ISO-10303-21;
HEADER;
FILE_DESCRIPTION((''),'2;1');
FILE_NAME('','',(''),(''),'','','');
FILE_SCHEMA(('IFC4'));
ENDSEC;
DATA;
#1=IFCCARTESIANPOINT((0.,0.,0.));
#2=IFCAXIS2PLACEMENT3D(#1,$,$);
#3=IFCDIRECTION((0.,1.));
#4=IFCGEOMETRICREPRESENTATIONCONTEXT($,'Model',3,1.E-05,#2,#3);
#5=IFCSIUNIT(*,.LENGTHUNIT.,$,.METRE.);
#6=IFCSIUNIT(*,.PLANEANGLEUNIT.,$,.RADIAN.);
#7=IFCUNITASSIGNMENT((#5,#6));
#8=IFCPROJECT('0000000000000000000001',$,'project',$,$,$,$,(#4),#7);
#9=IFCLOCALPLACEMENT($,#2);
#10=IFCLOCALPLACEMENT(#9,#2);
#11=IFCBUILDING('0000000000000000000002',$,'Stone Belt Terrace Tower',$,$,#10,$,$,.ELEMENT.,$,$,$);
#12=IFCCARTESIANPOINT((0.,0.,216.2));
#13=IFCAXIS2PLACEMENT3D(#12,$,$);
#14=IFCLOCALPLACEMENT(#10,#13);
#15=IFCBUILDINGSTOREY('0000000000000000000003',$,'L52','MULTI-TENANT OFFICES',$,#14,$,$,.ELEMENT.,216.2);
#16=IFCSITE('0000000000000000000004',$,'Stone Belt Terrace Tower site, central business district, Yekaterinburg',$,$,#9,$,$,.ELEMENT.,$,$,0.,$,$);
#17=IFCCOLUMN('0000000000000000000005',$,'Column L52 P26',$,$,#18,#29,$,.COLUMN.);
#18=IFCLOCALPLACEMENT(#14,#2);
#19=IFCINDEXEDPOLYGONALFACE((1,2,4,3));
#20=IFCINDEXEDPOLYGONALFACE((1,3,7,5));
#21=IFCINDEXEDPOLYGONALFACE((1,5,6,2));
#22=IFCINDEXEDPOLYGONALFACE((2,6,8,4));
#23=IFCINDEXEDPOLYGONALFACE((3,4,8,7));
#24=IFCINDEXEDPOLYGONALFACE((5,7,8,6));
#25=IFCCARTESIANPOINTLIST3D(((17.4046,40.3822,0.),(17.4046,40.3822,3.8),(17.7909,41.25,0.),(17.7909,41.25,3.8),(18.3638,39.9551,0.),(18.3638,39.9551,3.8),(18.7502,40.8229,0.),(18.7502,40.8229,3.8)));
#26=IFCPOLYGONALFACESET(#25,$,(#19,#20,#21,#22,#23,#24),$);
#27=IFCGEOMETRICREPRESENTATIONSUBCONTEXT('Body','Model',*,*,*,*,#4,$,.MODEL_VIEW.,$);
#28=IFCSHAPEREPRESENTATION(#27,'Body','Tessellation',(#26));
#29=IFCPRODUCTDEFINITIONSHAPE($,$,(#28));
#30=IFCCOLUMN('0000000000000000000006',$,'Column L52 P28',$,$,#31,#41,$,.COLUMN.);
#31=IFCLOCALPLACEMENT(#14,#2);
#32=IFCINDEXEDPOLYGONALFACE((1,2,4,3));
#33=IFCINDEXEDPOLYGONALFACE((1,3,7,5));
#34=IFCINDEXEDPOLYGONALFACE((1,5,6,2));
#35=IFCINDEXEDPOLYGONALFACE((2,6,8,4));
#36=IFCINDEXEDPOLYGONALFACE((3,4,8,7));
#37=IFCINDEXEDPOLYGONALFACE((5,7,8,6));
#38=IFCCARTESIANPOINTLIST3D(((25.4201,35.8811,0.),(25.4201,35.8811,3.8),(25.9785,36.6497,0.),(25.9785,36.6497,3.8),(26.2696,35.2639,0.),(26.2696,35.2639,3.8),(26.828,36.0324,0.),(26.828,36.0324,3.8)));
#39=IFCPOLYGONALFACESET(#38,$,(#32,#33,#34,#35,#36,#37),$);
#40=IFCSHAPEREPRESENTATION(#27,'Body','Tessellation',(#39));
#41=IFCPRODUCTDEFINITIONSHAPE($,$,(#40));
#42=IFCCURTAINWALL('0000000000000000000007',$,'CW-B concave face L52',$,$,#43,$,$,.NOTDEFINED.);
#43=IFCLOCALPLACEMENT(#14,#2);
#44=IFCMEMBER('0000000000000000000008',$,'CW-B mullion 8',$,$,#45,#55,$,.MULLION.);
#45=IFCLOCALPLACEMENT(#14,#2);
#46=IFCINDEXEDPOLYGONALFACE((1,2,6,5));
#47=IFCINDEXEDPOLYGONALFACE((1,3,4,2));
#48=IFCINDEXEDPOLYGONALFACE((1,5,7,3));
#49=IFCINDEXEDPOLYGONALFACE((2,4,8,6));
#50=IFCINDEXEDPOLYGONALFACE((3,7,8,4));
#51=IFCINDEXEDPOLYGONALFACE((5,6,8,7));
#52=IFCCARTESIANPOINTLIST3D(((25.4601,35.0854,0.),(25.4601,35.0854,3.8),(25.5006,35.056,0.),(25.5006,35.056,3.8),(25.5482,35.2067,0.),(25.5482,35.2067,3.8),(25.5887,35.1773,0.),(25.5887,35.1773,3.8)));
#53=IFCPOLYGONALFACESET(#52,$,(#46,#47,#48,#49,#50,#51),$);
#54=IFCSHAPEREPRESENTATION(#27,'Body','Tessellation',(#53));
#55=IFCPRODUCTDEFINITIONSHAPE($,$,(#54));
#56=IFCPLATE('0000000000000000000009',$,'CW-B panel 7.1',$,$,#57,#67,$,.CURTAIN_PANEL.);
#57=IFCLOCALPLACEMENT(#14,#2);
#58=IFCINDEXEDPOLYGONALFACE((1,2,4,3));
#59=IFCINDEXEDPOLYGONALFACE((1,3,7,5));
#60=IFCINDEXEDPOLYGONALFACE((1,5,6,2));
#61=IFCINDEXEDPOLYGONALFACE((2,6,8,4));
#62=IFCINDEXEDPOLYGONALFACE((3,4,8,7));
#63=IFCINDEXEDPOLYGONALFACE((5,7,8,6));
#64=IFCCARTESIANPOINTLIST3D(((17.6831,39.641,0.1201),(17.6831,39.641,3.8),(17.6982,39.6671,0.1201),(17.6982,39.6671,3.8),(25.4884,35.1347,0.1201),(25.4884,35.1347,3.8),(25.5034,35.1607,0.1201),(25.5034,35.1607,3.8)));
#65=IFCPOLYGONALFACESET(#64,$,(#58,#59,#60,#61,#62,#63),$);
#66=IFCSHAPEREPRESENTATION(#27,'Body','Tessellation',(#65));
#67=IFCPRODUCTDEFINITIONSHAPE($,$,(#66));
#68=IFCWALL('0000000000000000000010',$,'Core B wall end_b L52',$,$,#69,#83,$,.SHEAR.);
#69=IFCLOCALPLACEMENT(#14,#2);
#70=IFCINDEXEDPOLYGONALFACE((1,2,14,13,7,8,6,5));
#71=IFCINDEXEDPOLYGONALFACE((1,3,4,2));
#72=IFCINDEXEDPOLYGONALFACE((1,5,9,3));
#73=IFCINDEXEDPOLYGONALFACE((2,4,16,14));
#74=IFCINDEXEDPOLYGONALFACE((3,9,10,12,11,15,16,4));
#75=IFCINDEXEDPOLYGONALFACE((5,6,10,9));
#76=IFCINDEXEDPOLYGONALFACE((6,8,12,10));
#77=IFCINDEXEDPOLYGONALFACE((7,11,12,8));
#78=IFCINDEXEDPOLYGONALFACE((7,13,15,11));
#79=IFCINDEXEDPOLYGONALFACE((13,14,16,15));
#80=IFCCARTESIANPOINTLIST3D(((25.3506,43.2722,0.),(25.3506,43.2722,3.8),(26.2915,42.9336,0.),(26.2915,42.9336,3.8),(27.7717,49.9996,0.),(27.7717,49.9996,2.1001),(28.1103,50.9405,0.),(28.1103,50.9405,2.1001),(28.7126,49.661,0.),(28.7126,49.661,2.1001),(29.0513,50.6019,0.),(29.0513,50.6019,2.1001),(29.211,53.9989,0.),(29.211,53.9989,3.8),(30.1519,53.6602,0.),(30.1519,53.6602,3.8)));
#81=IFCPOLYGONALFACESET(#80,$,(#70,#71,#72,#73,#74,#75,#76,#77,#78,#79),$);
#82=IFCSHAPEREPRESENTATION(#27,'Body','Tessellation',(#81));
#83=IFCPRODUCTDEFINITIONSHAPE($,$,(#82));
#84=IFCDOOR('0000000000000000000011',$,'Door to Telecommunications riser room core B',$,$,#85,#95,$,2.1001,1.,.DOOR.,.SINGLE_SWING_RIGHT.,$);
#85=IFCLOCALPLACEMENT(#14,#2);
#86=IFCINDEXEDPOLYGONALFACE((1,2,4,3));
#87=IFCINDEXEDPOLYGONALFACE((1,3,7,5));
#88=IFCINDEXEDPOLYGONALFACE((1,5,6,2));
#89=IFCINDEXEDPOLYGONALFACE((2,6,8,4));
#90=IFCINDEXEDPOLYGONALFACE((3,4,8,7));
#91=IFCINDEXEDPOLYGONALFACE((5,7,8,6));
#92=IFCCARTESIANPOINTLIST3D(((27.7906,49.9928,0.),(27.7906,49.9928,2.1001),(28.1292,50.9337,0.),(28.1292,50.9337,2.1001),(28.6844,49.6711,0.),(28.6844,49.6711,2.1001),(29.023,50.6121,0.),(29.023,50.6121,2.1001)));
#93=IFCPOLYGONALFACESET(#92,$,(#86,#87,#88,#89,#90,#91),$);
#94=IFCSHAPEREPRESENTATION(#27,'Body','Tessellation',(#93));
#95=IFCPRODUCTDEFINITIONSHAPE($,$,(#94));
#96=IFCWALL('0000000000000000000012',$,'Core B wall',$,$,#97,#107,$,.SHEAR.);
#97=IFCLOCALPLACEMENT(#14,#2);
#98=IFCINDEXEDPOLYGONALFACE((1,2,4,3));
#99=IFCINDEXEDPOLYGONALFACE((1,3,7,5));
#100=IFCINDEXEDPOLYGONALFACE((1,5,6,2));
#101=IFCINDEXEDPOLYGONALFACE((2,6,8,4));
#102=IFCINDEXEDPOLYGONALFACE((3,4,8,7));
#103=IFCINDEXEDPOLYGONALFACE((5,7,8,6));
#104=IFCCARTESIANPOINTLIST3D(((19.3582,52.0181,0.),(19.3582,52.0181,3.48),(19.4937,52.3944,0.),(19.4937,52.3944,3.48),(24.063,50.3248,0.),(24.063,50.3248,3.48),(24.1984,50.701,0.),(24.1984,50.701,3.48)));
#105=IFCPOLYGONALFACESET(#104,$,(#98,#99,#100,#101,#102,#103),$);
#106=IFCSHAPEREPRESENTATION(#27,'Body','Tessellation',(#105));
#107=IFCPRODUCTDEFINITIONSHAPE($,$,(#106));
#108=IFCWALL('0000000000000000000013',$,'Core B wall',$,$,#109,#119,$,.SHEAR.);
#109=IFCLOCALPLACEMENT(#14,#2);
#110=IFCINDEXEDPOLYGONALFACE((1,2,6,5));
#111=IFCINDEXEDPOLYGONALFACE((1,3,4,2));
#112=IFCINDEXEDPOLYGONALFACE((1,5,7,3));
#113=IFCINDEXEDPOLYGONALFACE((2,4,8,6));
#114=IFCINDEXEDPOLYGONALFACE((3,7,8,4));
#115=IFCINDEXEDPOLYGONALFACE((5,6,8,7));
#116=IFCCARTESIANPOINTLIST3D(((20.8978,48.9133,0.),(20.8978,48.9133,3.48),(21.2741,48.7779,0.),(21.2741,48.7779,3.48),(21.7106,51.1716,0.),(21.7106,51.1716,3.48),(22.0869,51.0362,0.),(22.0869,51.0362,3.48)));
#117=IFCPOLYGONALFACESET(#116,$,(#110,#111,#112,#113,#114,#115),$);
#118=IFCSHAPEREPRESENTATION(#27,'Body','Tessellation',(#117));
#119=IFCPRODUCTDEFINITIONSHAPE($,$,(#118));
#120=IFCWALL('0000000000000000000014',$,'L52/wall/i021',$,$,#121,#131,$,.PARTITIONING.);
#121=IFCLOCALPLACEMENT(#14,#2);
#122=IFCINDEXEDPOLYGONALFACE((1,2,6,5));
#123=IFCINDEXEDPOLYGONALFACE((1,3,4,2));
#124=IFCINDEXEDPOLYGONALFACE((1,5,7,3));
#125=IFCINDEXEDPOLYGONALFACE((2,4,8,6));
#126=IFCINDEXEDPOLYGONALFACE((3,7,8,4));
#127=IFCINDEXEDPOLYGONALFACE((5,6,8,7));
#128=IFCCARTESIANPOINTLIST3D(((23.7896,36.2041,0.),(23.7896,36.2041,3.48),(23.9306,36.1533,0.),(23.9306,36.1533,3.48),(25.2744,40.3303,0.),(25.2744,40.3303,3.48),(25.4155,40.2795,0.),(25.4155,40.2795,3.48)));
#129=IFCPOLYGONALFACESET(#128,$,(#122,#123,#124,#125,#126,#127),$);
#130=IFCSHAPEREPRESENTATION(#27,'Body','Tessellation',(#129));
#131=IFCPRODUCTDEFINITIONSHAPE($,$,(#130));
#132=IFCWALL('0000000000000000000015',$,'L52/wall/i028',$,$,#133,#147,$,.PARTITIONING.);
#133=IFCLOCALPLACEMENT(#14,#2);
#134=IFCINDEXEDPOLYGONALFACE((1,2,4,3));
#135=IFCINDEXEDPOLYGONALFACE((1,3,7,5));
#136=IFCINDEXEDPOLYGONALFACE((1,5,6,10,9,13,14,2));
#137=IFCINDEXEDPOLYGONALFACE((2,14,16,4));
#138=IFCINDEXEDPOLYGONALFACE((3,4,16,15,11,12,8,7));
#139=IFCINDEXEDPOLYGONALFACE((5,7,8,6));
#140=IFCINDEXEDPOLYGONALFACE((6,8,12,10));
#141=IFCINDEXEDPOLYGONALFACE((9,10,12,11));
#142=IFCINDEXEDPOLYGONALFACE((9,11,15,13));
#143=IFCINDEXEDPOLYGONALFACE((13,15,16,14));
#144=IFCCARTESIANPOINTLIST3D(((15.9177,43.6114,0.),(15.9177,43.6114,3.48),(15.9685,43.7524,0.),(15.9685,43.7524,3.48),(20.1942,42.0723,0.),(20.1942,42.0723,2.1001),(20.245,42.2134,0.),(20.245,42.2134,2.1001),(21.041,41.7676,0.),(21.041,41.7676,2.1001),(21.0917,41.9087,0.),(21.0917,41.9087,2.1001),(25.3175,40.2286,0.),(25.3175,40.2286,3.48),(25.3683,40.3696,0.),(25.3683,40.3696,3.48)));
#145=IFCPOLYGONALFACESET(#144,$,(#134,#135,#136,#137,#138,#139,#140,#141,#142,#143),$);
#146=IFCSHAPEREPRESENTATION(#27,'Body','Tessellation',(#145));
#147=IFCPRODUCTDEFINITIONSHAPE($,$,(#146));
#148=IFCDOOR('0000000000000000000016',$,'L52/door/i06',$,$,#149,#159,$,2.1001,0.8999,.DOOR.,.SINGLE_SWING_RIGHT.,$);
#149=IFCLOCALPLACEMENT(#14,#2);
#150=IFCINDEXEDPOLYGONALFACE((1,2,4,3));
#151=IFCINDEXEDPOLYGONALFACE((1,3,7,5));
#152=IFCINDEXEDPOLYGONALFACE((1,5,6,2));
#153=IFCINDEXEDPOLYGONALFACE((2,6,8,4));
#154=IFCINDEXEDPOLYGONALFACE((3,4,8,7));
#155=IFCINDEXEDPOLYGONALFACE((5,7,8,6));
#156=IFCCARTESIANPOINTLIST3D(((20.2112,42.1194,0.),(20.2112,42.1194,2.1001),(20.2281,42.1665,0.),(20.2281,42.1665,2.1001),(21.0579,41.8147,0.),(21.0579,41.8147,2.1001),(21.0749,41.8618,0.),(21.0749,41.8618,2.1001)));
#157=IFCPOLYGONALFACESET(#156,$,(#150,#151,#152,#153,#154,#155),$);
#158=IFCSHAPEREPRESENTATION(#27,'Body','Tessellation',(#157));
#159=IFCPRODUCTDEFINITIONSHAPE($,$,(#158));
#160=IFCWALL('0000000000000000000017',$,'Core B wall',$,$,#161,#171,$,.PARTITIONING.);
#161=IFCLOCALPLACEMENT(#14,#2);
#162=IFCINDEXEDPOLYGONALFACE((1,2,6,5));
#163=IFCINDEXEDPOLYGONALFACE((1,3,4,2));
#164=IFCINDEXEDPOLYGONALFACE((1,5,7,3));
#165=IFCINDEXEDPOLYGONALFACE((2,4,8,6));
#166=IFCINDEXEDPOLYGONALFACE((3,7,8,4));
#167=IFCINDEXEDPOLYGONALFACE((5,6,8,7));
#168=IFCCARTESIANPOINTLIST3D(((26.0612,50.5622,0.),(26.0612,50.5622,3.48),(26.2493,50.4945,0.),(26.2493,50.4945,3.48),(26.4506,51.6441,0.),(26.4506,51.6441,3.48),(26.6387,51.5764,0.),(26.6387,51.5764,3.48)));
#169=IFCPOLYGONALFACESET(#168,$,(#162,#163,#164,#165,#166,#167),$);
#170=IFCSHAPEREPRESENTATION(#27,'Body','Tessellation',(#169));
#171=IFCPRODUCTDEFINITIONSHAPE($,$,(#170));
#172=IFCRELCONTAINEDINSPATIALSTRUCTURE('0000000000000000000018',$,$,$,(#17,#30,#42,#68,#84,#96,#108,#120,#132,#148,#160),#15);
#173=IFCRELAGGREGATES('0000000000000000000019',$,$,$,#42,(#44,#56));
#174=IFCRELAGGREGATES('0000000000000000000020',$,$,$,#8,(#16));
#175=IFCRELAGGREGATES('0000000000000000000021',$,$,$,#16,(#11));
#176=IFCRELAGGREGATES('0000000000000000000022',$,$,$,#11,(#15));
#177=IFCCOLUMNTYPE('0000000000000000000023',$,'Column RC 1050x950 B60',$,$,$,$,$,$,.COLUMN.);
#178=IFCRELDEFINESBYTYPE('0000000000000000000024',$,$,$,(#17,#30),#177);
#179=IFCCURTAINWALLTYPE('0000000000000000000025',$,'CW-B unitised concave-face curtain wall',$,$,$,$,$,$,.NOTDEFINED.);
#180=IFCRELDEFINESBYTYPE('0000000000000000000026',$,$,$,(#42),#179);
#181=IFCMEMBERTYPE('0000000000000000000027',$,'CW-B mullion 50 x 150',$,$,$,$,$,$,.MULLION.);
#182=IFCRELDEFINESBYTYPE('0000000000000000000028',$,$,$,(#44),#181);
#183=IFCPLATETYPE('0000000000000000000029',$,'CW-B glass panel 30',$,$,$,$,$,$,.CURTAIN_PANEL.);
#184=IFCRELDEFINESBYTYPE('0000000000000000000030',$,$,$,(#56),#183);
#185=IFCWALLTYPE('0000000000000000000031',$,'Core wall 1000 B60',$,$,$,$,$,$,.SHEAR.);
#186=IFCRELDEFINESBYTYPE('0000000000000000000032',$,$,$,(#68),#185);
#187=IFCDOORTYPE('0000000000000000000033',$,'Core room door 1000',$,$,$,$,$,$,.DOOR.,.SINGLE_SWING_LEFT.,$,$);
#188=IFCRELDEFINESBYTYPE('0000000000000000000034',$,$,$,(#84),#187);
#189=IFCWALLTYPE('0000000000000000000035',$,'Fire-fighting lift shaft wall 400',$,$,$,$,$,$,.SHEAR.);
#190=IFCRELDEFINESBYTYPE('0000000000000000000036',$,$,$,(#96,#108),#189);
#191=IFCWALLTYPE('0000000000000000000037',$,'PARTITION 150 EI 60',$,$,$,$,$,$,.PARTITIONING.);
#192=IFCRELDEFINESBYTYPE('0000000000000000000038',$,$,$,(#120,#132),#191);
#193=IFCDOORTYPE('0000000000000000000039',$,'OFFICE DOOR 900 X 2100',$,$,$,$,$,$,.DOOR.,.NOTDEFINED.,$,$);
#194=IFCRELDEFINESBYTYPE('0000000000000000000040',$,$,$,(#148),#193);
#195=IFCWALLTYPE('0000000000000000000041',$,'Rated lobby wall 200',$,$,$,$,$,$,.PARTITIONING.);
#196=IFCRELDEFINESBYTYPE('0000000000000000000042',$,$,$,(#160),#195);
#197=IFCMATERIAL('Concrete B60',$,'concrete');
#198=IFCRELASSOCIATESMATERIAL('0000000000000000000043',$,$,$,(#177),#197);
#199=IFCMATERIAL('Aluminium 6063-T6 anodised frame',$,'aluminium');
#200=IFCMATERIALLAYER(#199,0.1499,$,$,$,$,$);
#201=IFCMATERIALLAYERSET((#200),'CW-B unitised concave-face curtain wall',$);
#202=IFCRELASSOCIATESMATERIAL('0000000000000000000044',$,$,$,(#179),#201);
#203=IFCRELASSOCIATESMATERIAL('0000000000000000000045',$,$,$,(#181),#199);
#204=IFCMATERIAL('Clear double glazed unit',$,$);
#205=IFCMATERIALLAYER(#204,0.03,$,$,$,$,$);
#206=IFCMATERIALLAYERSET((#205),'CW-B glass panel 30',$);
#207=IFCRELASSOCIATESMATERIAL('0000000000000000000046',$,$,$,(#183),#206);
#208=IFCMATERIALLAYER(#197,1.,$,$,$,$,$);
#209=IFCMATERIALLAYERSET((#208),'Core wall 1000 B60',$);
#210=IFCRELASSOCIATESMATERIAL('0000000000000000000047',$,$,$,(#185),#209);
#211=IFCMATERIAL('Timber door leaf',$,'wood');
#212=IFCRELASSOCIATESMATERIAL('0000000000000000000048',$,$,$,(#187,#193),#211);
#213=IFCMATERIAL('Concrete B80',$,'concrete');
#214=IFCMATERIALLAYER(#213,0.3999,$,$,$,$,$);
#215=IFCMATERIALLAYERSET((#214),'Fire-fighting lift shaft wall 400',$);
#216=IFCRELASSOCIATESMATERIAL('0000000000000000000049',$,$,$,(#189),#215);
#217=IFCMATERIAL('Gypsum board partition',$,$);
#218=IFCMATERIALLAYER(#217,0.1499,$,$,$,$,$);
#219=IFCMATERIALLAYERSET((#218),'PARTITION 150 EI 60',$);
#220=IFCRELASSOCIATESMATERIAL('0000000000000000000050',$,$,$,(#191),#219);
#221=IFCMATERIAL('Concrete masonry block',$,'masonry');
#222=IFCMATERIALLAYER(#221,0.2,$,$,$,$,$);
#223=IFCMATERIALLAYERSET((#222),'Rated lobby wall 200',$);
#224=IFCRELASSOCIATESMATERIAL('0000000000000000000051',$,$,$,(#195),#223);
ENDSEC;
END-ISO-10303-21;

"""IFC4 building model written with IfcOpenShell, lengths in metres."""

from ifc_helpers import new_model, si_unit, direction, frame, frame_2d, origin, origin_2d, place, context, subcontext, project, spatial, rectangle, extrude, material, layer, layer_set, material_profile, profile_set, type_object, element, fill, aggregate, save


model = new_model("IFC4")

# Units and contexts
model_context = context("Model", 3, precision=1e-05, world=origin(), true_north=direction((0.0, 1.0)))
body_context = subcontext(model_context, "Body", "Model", "MODEL_VIEW")
ifc_project = project(units=[si_unit("LENGTHUNIT", "METRE"), si_unit("PLANEANGLEUNIT", "RADIAN")], contexts=[model_context])

# Site, building, storey
site_placement = place(None, origin())
site = spatial("IfcSite", under=ifc_project, at=site_placement, Name="Stone Belt Terrace Tower site, central business district, Yekaterinburg", CompositionType="ELEMENT", RefElevation=0.0)
building_placement = place(site_placement, origin())
building = spatial("IfcBuilding", under=site, at=building_placement, Name="Stone Belt Terrace Tower", CompositionType="ELEMENT")
storey_placement = place(building_placement, frame((0.0, 0.0, 216.2)))
storey = spatial("IfcBuildingStorey", under=building, at=storey_placement, Name="L52", Description="MULTI-TENANT OFFICES", CompositionType="ELEMENT", Elevation=216.2)

# Columns
ifc_material_1 = material(Name="Concrete B60", Category="concrete")
ifc_material_profile_1 = material_profile(ifc_material_1, rectangle(XDim=1.05, YDim=0.95, at=origin_2d()), Name="RC 1050x950")
ifc_profile_set_1 = profile_set([ifc_material_profile_1], Name="Concrete B60")
column_type = type_object("IfcColumnType", Name="Column RC 1050x950 B60", PredefinedType="COLUMN", material=ifc_profile_set_1)
for number, where, z_axis, x_axis, name in (
    (1, (18.0774, 40.6025, 0.0), (0.0, 0.0, 1.0), (0.913545, -0.406737, 0.0), "Column L52 P26"),
    (2, (26.124, 35.9568, 0.0), (0.0, 0.0, 1.0), (0.809017, -0.587785, 0.0), "Column L52 P28"),
):
    element("IfcColumn", number, at=place(storey_placement, frame(where, z_axis=z_axis, x_axis=x_axis)), inside=storey, type_object=column_type, Name=name, PredefinedType="COLUMN", context=body_context, shape_type="SweptSolid", body=[
        extrude(rectangle(XDim=1.05, YDim=0.95, at=origin_2d()), origin(), (0.0, 0.0, 1.0), 3.8),
    ])

# Curtain wall, member, plate
ifc_material_2 = material(Name="Aluminium 6063-T6 anodised frame", Category="aluminium")
ifc_layer_1 = layer(ifc_material_2, 0.1499)
ifc_layer_set_1 = layer_set([ifc_layer_1], Name="CW-B unitised concave-face curtain wall")
curtain_wall_type = type_object("IfcCurtainWallType", Name="CW-B unitised concave-face curtain wall", PredefinedType="NOTDEFINED", material=ifc_layer_set_1)
curtain_wall_placement = place(storey_placement, origin())
curtain_wall = element("IfcCurtainWall", 3, at=curtain_wall_placement, inside=storey, type_object=curtain_wall_type, Name="CW-B concave face L52", PredefinedType="NOTDEFINED")
ifc_material_profile_2 = material_profile(ifc_material_2, rectangle(XDim=0.1499, YDim=0.05, at=origin_2d()), Name="Aluminium 6063-T6 50x150")
ifc_profile_set_2 = profile_set([ifc_material_profile_2], Name="Aluminium 6063-T6 anodised frame")
member_type = type_object("IfcMemberType", Name="CW-B mullion 50 x 150", PredefinedType="MULLION", material=ifc_profile_set_2)
member_placement = place(storey_placement, frame((25.5244, 35.1313, 0.0), z_axis=(0.0, 0.0, 1.0), x_axis=(0.587785, 0.809017, 0.0)))
member = element("IfcMember", 4, at=member_placement, type_object=member_type, Name="CW-B mullion 8", PredefinedType="MULLION", context=body_context, shape_type="SweptSolid", body=[
    extrude(rectangle(XDim=0.1499, YDim=0.05, at=origin_2d()), origin(), (0.0, 0.0, 1.0), 3.8),
])
ifc_material_3 = material(Name="Clear double glazed unit")
ifc_layer_2 = layer(ifc_material_3, 0.03)
ifc_layer_set_2 = layer_set([ifc_layer_2], Name="CW-B glass panel 30")
plate_type = type_object("IfcPlateType", Name="CW-B glass panel 30", PredefinedType="CURTAIN_PANEL", material=ifc_layer_set_2)
plate_placement = place(storey_placement, frame((21.5933, 37.4009, 0.1201), z_axis=(0.0, 0.0, 1.0), x_axis=(0.866025, -0.5, 0.0)))
plate = element("IfcPlate", 5, at=plate_placement, type_object=plate_type, Name="CW-B panel 7.1", PredefinedType="CURTAIN_PANEL", context=body_context, shape_type="SweptSolid", body=[
    extrude(rectangle(XDim=9.0127, YDim=0.03, at=origin_2d()), origin(), (0.0, 0.0, 1.0), 3.6799),
])
aggregate(curtain_wall, [member, plate])

# Wall, opening, door
ifc_layer_3 = layer(ifc_material_1, 1.0)
ifc_layer_set_3 = layer_set([ifc_layer_3], Name="Core wall 1000 B60")
wall_type_1 = type_object("IfcWallType", Name="Core wall 1000 B60", PredefinedType="SHEAR", material=ifc_layer_set_3)
wall_1_placement = place(storey_placement, frame((25.821, 43.1028, 0.0), z_axis=(0.0, 0.0, 1.0), x_axis=(0.338625, 0.940921, 0.0)))
wall_1 = element("IfcWall", 6, at=wall_1_placement, inside=storey, type_object=wall_type_1, Name="Core B wall end_b L52", PredefinedType="SHEAR", context=body_context, shape_type="SweptSolid", body=[
    extrude(rectangle(XDim=11.4001, YDim=1.0, at=frame_2d((5.7002, 0.0))), origin(), (0.0, 0.0, 1.0), 3.8),
])
opening_1_placement = place(wall_1_placement, frame((7.1499, 0.0, 0.0)))
opening_1 = element("IfcOpeningElement", 7, at=opening_1_placement, cuts=wall_1, PredefinedType="OPENING", context=body_context, shape_type="SweptSolid", body=[
    extrude(rectangle(XDim=1.0, YDim=2.1001, at=frame_2d((0.5, 1.05))), frame((0.0, 0.51, 0.0), z_axis=(0.0, -1.0, 0.0), x_axis=(1.0, 0.0, 0.0)), (0.0, 0.0, 1.0), 1.02),
])
ifc_material_4 = material(Name="Timber door leaf", Category="wood")
door_type_1 = type_object("IfcDoorType", Name="Core room door 1000", OperationType="SINGLE_SWING_LEFT", PredefinedType="DOOR", material=ifc_material_4)
door_1_placement = place(opening_1_placement, origin())
door_1 = element("IfcDoor", 8, at=door_1_placement, inside=storey, type_object=door_type_1, Name="Door to Telecommunications riser room core B", OperationType="SINGLE_SWING_RIGHT", OverallHeight=2.1001, OverallWidth=1.0, PredefinedType="DOOR", context=body_context, shape_type="SweptSolid", body=[
    extrude(rectangle(XDim=1.0, YDim=2.1001, at=frame_2d((0.5, 1.05))), frame((0.0, 0.48, 0.0), z_axis=(0.0, -1.0, 0.0), x_axis=(1.0, 0.0, 0.0)), (0.0, 0.0, 1.0), 0.95),
])
fill(opening_1, door_1)

# Walls
ifc_material_5 = material(Name="Concrete B80", Category="concrete")
ifc_layer_4 = layer(ifc_material_5, 0.3999)
ifc_layer_set_4 = layer_set([ifc_layer_4], Name="Fire-fighting lift shaft wall 400")
wall_type_2 = type_object("IfcWallType", Name="Fire-fighting lift shaft wall 400", PredefinedType="SHEAR", material=ifc_layer_set_4)
wall_2_placement = place(storey_placement, frame((24.1306, 50.5129, 0.0), z_axis=(0.0, 0.0, 1.0), x_axis=(-0.940912, 0.338652, 0.0)))
element("IfcWall", 9, at=wall_2_placement, inside=storey, type_object=wall_type_2, Name="Core B wall", PredefinedType="SHEAR", context=body_context, shape_type="SweptSolid", body=[
    extrude(rectangle(XDim=5.0002, YDim=0.3999, at=frame_2d((2.5, 0.0))), origin(), (0.0, 0.0, 1.0), 3.48),
])
wall_3_placement = place(storey_placement, frame((21.0859, 48.8455, 0.0), z_axis=(0.0, 0.0, 1.0), x_axis=(0.338629, 0.94092, 0.0)))
element("IfcWall", 10, at=wall_3_placement, inside=storey, type_object=wall_type_2, Name="Core B wall", PredefinedType="SHEAR", context=body_context, shape_type="SweptSolid", body=[
    extrude(rectangle(XDim=2.4001, YDim=0.3999, at=frame_2d((1.2002, 0.0))), origin(), (0.0, 0.0, 1.0), 3.48),
])
ifc_material_6 = material(Name="Gypsum board partition")
ifc_layer_5 = layer(ifc_material_6, 0.1499)
ifc_layer_set_5 = layer_set([ifc_layer_5], Name="PARTITION 150 EI 60")
wall_type_3 = type_object("IfcWallType", Name="PARTITION 150 EI 60", PredefinedType="PARTITIONING", material=ifc_layer_set_5)
wall_4_placement = place(storey_placement, frame((23.8601, 36.1787, 0.0), z_axis=(0.0, 0.0, 1.0), x_axis=(0.338603, 0.940929, 0.0)))
element("IfcWall", 11, at=wall_4_placement, inside=storey, type_object=wall_type_3, Name="L52/wall/i021", PredefinedType="PARTITIONING", context=body_context, shape_type="SweptSolid", body=[
    extrude(rectangle(XDim=4.3853, YDim=0.1499, at=frame_2d((2.1926, 0.0))), origin(), (0.0, 0.0, 1.0), 3.48),
])

# Wall, opening, door
wall_5_placement = place(storey_placement, frame((25.343, 40.2991, 0.0), z_axis=(0.0, 0.0, 1.0), x_axis=(-0.940924, 0.338617, 0.0)))
wall_5 = element("IfcWall", 12, at=wall_5_placement, inside=storey, type_object=wall_type_3, Name="L52/wall/i028", PredefinedType="PARTITIONING", context=body_context, shape_type="SweptSolid", body=[
    extrude(rectangle(XDim=9.99, YDim=0.1499, at=frame_2d((4.9951, 0.0))), origin(), (0.0, 0.0, 1.0), 3.48),
])
opening_2_placement = place(wall_5_placement, frame((4.5452, 0.0, 0.0)))
opening_2 = element("IfcOpeningElement", 13, at=opening_2_placement, cuts=wall_5, PredefinedType="OPENING", context=body_context, shape_type="SweptSolid", body=[
    extrude(rectangle(XDim=0.8999, YDim=2.1001, at=frame_2d((0.45, 1.05))), frame((0.0, 0.085, 0.0), z_axis=(0.0, -1.0, 0.0), x_axis=(1.0, 0.0, 0.0)), (0.0, 0.0, 1.0), 0.1699),
])
door_type_2 = type_object("IfcDoorType", Name="OFFICE DOOR 900 X 2100", OperationType="NOTDEFINED", PredefinedType="DOOR", material=ifc_material_4)
door_2_placement = place(opening_2_placement, origin())
door_2 = element("IfcDoor", 14, at=door_2_placement, inside=storey, type_object=door_type_2, Name="L52/door/i06", OperationType="SINGLE_SWING_RIGHT", OverallHeight=2.1001, OverallWidth=0.8999, PredefinedType="DOOR", context=body_context, shape_type="SweptSolid", body=[
    extrude(rectangle(XDim=0.8999, YDim=2.1001, at=frame_2d((0.45, 1.05))), frame((0.0, 0.0249, 0.0), z_axis=(0.0, -1.0, 0.0), x_axis=(1.0, 0.0, 0.0)), (0.0, 0.0, 1.0), 0.05),
])
fill(opening_2, door_2)

# Wall
ifc_material_7 = material(Name="Concrete masonry block", Category="masonry")
ifc_layer_6 = layer(ifc_material_7, 0.2)
ifc_layer_set_6 = layer_set([ifc_layer_6], Name="Rated lobby wall 200")
wall_type_4 = type_object("IfcWallType", Name="Rated lobby wall 200", PredefinedType="PARTITIONING", material=ifc_layer_set_6)
wall_6_placement = place(storey_placement, frame((26.1553, 50.5283, 0.0), z_axis=(0.0, 0.0, 1.0), x_axis=(0.338622, 0.940923, 0.0)))
element("IfcWall", 15, at=wall_6_placement, inside=storey, type_object=wall_type_4, Name="Core B wall", PredefinedType="PARTITIONING", context=body_context, shape_type="SweptSolid", body=[
    extrude(rectangle(XDim=1.1499, YDim=0.2, at=frame_2d((0.575, 0.0))), origin(), (0.0, 0.0, 1.0), 3.48),
])

save(model, "model.ifc")
